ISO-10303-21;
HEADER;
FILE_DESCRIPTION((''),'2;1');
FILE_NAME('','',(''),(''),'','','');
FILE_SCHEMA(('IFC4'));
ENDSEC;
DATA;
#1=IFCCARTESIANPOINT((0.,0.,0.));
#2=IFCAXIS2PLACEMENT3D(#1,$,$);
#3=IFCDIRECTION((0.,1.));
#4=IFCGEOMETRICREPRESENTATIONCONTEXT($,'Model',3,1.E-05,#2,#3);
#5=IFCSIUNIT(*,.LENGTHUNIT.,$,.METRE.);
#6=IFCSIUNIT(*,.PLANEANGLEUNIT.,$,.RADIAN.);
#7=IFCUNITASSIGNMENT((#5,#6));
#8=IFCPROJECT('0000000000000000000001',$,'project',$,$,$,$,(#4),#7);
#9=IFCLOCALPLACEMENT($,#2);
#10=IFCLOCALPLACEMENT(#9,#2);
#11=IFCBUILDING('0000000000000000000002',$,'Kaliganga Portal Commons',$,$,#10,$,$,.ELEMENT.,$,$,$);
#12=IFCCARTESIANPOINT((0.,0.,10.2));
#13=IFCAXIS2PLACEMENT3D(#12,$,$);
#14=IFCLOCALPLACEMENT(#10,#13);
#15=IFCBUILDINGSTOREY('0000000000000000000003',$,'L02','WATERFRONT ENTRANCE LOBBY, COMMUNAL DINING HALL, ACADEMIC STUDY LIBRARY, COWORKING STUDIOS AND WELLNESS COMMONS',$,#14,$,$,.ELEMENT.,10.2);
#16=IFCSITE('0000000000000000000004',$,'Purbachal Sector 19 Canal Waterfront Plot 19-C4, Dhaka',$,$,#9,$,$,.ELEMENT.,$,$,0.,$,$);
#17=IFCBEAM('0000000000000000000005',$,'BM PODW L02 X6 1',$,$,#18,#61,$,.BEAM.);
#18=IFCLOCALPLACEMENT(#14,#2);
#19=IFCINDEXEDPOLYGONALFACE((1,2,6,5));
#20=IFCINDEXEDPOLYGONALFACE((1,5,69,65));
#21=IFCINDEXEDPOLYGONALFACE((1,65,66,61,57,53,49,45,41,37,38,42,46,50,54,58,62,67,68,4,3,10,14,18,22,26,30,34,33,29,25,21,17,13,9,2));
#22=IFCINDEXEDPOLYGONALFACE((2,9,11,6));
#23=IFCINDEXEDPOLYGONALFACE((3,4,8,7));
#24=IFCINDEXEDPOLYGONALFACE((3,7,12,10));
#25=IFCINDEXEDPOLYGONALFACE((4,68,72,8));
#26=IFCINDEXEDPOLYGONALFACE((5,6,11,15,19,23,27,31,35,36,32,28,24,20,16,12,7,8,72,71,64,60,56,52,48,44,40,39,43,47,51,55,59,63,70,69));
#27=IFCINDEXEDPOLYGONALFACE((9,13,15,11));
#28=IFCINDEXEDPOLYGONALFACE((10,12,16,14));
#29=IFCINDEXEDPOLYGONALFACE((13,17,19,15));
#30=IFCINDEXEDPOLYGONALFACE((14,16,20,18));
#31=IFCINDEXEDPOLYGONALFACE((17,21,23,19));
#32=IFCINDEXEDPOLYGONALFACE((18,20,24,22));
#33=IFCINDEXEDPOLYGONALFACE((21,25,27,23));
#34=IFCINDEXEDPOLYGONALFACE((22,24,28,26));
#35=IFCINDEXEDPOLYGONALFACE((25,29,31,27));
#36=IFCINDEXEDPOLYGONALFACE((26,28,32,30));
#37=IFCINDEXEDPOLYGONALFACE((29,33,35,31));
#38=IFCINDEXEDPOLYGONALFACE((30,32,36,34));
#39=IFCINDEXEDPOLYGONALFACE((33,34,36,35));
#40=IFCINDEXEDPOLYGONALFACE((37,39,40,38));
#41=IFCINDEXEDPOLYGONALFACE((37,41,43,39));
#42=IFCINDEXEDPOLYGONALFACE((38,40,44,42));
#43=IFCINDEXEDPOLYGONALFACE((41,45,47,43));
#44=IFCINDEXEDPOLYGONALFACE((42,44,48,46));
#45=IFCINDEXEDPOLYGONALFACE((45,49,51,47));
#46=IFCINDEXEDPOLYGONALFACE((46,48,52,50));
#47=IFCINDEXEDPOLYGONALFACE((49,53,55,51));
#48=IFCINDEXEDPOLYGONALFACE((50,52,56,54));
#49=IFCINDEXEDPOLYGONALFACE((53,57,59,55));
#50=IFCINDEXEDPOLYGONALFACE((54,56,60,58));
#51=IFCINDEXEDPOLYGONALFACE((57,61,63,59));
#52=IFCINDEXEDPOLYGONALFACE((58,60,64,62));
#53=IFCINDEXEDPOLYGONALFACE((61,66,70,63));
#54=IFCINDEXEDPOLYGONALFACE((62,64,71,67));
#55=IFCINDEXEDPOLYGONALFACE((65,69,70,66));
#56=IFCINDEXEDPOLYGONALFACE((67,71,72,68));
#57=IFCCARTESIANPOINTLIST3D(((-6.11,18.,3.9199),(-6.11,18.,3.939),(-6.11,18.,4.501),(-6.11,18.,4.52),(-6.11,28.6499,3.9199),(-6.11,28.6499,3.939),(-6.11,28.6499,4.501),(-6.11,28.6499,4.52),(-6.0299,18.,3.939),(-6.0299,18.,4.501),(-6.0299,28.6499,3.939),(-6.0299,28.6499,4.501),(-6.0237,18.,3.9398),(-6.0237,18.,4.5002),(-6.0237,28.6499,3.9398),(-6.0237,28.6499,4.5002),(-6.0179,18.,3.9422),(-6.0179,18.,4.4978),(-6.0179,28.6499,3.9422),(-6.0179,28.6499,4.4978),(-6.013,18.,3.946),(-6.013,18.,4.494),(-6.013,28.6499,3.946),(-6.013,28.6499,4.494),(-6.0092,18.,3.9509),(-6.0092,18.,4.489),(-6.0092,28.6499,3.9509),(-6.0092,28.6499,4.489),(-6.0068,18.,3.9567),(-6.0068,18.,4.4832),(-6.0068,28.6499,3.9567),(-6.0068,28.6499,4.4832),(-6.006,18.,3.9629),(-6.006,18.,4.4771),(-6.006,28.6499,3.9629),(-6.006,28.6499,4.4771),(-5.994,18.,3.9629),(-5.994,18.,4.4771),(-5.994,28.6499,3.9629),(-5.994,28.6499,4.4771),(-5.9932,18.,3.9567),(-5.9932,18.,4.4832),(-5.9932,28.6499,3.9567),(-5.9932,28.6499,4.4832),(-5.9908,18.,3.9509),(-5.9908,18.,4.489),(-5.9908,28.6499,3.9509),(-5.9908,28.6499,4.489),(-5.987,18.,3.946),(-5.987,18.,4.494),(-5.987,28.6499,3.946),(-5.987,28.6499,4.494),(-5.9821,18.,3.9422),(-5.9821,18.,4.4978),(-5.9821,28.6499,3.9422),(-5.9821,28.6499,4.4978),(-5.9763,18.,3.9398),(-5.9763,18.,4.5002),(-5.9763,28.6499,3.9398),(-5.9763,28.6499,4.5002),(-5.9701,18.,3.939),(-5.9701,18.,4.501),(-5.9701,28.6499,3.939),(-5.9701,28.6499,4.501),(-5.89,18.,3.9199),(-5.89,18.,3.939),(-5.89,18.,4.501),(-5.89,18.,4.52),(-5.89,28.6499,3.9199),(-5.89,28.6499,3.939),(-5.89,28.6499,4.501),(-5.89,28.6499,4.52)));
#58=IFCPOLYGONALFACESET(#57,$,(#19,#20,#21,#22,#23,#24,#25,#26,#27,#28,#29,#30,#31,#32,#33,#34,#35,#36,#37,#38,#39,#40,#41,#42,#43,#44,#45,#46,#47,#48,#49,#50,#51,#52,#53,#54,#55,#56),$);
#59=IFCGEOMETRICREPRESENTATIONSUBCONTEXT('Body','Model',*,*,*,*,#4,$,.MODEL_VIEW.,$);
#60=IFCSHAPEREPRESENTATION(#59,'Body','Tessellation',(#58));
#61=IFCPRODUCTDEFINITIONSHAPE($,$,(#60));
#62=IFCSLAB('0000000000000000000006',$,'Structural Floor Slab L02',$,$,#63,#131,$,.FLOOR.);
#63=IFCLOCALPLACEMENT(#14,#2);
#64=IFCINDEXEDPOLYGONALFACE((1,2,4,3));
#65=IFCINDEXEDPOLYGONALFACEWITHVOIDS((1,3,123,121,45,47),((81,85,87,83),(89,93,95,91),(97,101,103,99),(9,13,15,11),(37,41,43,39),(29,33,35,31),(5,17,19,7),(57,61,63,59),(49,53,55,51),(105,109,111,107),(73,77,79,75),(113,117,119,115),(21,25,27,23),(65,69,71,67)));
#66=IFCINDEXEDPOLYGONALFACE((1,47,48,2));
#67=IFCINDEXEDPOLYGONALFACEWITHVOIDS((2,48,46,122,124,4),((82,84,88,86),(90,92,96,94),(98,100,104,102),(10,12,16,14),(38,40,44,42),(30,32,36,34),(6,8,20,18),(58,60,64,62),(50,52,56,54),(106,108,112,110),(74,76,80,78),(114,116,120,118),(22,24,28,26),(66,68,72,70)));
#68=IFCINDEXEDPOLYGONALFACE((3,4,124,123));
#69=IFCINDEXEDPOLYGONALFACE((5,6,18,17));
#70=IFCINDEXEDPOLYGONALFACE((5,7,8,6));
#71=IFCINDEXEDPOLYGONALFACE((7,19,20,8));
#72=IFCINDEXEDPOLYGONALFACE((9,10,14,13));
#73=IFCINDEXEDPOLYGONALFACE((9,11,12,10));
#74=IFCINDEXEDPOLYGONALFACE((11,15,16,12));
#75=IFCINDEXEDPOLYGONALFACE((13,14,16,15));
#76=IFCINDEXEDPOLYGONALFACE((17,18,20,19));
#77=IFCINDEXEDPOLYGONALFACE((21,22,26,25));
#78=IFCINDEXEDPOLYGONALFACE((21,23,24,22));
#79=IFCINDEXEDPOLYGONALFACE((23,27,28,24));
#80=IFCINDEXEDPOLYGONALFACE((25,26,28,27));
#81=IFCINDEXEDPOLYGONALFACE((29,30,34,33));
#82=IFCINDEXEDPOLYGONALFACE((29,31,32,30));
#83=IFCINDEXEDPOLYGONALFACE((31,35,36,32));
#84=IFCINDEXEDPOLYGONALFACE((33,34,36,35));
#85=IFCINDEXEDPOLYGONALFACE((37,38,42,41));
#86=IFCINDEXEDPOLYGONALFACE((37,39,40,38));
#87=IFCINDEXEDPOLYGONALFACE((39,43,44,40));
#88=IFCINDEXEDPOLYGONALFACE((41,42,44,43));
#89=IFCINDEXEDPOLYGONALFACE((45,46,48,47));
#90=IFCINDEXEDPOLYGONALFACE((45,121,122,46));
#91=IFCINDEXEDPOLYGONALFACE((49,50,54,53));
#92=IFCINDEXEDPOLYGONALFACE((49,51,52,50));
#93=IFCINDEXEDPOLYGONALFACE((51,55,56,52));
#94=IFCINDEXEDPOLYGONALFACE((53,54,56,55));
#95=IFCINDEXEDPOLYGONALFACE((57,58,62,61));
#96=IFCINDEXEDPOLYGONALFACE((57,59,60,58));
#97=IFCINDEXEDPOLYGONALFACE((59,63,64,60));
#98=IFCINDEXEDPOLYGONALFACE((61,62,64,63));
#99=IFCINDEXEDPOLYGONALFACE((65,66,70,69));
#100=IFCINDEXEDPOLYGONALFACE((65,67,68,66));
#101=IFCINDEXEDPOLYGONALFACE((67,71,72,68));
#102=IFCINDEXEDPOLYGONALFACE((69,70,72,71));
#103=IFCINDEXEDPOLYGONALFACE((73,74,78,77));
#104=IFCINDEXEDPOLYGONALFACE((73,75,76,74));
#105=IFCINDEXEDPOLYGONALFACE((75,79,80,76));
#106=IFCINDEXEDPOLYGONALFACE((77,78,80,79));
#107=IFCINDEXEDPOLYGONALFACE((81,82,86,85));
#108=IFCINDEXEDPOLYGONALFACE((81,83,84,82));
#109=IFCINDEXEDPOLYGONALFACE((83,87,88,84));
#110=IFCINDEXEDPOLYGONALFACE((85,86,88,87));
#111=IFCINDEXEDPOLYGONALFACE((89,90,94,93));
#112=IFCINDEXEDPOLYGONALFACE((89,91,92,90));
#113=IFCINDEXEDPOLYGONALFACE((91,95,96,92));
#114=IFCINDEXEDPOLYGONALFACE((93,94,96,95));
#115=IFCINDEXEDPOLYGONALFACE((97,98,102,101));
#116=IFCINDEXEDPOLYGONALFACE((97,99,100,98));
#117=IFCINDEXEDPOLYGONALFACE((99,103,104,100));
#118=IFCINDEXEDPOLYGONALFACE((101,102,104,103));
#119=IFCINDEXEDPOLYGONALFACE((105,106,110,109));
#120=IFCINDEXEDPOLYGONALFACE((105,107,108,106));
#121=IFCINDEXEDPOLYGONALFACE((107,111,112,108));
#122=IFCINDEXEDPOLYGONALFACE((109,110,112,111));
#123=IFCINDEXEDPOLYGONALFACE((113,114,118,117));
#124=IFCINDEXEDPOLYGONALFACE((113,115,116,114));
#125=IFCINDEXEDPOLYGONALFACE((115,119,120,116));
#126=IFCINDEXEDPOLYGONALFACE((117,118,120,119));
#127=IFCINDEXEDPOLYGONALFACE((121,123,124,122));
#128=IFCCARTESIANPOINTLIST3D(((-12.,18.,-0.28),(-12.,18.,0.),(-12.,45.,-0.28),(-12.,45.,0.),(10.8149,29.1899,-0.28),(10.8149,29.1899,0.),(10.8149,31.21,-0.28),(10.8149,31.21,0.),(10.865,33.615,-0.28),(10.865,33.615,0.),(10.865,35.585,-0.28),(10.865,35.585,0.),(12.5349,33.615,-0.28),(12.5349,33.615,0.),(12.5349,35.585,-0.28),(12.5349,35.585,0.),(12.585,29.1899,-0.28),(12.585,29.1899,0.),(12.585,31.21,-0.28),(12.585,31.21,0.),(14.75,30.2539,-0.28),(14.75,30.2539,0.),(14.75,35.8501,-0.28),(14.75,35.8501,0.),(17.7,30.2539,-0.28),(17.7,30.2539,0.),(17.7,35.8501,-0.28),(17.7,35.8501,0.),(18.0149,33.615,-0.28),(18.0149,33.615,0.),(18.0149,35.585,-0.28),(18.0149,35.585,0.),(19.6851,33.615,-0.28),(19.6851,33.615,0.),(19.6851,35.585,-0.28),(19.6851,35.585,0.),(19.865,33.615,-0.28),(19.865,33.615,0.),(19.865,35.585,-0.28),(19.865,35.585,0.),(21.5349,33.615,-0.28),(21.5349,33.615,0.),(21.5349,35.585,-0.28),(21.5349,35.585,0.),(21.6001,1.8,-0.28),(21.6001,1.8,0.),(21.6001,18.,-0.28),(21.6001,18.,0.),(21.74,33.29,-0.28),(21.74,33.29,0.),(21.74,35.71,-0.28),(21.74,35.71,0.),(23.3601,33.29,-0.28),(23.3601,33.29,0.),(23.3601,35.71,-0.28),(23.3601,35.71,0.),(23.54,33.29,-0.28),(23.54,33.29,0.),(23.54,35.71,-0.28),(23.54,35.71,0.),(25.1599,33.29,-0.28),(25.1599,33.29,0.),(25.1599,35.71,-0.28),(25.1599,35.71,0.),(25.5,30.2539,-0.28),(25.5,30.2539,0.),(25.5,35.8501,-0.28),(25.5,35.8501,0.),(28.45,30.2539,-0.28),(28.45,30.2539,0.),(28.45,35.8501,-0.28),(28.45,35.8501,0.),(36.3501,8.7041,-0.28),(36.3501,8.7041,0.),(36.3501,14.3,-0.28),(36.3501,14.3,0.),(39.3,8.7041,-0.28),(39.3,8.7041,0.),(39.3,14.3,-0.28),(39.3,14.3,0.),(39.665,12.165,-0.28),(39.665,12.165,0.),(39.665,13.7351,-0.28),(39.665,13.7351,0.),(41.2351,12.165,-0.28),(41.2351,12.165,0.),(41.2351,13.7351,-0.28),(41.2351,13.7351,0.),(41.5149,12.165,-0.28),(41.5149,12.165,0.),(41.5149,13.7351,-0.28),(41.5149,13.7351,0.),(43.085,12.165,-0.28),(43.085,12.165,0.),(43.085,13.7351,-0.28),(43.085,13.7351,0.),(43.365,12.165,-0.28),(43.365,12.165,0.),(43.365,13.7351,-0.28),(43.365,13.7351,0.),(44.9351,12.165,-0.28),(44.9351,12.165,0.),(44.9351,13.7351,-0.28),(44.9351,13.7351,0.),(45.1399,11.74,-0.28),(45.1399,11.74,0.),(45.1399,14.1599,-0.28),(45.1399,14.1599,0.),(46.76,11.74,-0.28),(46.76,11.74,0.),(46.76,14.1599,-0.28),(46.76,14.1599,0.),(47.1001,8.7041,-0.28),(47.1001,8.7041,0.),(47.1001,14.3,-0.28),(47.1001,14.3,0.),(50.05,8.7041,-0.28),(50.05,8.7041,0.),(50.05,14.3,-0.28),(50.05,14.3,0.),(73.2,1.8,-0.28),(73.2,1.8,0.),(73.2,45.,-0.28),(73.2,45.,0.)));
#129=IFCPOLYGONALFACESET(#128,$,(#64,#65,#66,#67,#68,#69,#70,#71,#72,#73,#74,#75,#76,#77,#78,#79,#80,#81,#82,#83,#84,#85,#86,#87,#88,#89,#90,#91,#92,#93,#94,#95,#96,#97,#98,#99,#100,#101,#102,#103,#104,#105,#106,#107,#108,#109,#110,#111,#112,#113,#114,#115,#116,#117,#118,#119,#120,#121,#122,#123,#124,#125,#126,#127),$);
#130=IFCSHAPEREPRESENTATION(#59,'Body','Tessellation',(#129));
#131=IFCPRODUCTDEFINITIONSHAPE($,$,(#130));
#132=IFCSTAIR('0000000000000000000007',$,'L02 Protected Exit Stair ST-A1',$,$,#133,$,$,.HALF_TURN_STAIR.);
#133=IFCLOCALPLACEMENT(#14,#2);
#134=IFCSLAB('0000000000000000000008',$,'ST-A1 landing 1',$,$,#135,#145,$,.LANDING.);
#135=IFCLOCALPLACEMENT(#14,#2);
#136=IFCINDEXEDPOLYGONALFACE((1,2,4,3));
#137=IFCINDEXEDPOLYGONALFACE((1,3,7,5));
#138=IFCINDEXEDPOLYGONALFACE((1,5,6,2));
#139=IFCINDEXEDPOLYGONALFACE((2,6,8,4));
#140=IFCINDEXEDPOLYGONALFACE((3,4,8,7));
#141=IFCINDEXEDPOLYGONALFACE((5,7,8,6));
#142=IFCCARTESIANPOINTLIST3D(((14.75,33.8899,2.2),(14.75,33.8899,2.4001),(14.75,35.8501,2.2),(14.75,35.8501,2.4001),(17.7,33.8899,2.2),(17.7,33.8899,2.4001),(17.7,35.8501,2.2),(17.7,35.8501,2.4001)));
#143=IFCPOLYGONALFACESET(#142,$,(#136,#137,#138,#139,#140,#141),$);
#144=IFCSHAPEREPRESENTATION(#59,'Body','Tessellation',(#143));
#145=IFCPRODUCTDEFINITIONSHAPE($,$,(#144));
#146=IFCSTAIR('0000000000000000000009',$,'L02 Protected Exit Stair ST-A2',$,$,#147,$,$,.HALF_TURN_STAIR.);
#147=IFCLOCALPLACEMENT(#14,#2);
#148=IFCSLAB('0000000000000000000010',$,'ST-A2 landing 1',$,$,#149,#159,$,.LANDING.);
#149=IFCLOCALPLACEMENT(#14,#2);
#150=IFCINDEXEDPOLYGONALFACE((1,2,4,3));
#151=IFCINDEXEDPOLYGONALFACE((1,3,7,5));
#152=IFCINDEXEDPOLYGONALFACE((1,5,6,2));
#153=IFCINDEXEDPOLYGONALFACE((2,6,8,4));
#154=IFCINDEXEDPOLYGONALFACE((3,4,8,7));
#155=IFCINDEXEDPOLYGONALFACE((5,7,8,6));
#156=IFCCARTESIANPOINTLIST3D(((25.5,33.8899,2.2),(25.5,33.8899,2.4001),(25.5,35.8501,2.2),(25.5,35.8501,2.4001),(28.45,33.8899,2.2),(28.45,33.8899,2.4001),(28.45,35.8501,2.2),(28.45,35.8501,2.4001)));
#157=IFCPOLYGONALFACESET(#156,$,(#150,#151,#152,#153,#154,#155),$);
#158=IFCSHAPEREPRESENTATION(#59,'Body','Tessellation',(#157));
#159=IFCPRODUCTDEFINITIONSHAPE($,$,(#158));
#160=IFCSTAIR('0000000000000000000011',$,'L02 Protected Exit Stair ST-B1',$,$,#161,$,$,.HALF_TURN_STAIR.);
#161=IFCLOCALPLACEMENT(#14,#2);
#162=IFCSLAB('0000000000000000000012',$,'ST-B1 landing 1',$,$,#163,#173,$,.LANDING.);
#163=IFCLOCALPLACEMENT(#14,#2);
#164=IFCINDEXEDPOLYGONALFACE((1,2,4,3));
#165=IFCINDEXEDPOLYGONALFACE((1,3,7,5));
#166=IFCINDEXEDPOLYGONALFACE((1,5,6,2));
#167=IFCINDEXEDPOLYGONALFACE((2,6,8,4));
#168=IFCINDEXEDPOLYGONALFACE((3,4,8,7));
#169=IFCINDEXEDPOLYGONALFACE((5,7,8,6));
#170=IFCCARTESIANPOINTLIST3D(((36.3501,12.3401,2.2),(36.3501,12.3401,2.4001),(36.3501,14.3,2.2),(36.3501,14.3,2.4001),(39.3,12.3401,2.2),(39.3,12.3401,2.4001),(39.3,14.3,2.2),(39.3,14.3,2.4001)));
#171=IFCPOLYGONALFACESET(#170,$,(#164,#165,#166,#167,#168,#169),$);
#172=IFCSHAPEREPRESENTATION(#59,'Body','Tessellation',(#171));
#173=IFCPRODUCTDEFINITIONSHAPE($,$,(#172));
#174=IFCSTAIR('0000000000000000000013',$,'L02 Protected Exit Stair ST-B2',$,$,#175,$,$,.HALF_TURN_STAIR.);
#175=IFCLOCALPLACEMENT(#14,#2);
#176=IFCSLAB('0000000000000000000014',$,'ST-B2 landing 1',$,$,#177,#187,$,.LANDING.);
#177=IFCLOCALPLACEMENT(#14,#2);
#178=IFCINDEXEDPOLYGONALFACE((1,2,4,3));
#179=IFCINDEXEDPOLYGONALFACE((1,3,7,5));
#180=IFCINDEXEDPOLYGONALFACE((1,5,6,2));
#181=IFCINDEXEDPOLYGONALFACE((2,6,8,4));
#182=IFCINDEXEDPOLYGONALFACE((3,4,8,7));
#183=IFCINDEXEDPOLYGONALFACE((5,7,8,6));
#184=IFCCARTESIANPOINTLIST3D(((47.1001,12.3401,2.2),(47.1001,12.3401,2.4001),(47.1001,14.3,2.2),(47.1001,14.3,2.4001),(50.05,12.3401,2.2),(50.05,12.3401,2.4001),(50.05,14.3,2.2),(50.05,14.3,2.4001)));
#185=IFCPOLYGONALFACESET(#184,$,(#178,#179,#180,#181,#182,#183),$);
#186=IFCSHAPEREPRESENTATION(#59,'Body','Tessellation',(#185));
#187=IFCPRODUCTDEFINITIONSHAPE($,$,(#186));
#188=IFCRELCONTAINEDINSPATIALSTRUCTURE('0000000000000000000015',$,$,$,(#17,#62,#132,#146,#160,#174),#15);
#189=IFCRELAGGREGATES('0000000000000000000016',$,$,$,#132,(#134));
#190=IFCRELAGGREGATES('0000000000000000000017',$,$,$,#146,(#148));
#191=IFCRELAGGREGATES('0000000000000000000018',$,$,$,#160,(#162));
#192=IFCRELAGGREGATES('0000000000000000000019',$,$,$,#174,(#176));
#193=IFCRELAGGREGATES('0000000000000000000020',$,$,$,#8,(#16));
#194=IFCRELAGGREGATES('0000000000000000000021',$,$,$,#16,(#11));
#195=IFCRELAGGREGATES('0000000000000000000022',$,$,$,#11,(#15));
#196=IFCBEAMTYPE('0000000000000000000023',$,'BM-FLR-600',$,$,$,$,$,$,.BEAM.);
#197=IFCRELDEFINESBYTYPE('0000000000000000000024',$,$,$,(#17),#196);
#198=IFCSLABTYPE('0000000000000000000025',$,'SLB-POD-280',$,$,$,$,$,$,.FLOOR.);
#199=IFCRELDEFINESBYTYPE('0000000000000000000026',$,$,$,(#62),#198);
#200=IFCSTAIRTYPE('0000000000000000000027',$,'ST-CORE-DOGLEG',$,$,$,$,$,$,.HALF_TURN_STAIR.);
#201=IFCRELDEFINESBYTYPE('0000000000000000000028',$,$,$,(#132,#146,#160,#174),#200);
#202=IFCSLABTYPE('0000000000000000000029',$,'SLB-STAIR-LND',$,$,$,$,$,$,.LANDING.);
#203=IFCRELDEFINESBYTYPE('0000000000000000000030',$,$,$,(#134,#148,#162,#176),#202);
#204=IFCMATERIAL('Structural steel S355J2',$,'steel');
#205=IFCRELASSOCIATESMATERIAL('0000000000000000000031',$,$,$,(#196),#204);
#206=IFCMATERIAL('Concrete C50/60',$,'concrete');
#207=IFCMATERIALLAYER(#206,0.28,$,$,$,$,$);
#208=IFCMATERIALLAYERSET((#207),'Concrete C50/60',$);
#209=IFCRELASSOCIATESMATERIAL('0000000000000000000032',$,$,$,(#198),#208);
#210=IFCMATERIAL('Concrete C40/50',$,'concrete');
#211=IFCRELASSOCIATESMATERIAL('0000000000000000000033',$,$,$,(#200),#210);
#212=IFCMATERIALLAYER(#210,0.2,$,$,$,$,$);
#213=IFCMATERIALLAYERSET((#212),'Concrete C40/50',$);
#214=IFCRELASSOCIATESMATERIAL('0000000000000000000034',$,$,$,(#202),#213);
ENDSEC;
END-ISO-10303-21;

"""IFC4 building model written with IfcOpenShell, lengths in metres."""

from ifc_helpers import new_model, si_unit, direction, frame, origin, origin_2d, place, context, subcontext, project, spatial, polyline, i_section, outline, extrude, source, transform, mapped, material, layer, layer_set, material_profile, profile_set, type_object, element, aggregate, save


model = new_model("IFC4")

# Units and contexts
model_context = context("Model", 3, precision=1e-05, world=origin(), true_north=direction((0.0, 1.0)))
body_context = subcontext(model_context, "Body", "Model", "MODEL_VIEW")
ifc_project = project(units=[si_unit("LENGTHUNIT", "METRE"), si_unit("PLANEANGLEUNIT", "RADIAN")], contexts=[model_context])

# Site, building, storey
site_placement = place(None, origin())
site = spatial("IfcSite", under=ifc_project, at=site_placement, Name="Purbachal Sector 19 Canal Waterfront Plot 19-C4, Dhaka", CompositionType="ELEMENT", RefElevation=0.0)
building_placement = place(site_placement, origin())
building = spatial("IfcBuilding", under=site, at=building_placement, Name="Kaliganga Portal Commons", CompositionType="ELEMENT")
storey_placement = place(building_placement, frame((0.0, 0.0, 10.2)))
storey = spatial("IfcBuildingStorey", under=building, at=storey_placement, Name="L02", Description="WATERFRONT ENTRANCE LOBBY, COMMUNAL DINING HALL, ACADEMIC STUDY LIBRARY, COWORKING STUDIOS AND WELLNESS COMMONS", CompositionType="ELEMENT", Elevation=10.2)

# Beam
ifc_material_1 = material(Name="Structural steel S355J2", Category="steel")
ifc_material_profile_1 = material_profile(ifc_material_1, i_section(OverallWidth=0.22, OverallDepth=0.6001, WebThickness=0.012, FlangeThickness=0.019, FilletRadius=0.0239, at=origin_2d()), Name="IPE 600")
ifc_profile_set_1 = profile_set([ifc_material_profile_1], Name="Structural steel S355J2 wide-flange")
beam_type_1 = type_object("IfcBeamType", Name="BM-FLR-600", PredefinedType="BEAM", material=ifc_profile_set_1)
shared_shape_1 = source(origin(), body_context, "Body", "SweptSolid", [
    extrude(i_section(OverallWidth=0.22, OverallDepth=0.6001, WebThickness=0.012, FlangeThickness=0.019, FilletRadius=0.0239, at=origin_2d()), origin(), (0.0, 0.0, 1.0), 10.6499),
])
for number, where, z_axis, x_axis, name in (
    (1, (-6.0, 18.0, 4.22), (0.0, 1.0, 0.0), (-1.0, 0.0, 0.0), "BM PODW L02 X6 1"),
):
    element("IfcBeam", number, at=place(storey_placement, frame(where, z_axis=z_axis, x_axis=x_axis)), inside=storey, type_object=beam_type_1, Name=name, PredefinedType="BEAM", context=body_context, shape_type="MappedRepresentation", body=[
        mapped(shared_shape_1, transform((0.0, 0.0, 0.0), x_axis=(1.0, 0.0, 0.0), y_axis=(0.0, 1.0, 0.0), z_axis=(0.0, 0.0, 1.0), scale=1.0)),
    ])

# Slab
ifc_material_2 = material(Name="Concrete C50/60", Category="concrete")
ifc_layer_1 = layer(ifc_material_2, 0.28)
ifc_layer_set_1 = layer_set([ifc_layer_1], Name="Concrete C50/60")
slab_type_1 = type_object("IfcSlabType", Name="SLB-POD-280", PredefinedType="FLOOR", material=ifc_layer_set_1)
slab_1_placement = place(storey_placement, frame((0.0, 0.0, -0.28)))
element("IfcSlab", 2, at=slab_1_placement, inside=storey, type_object=slab_type_1, Name="Structural Floor Slab L02", PredefinedType="FLOOR", context=body_context, shape_type="SweptSolid", body=[
    extrude(outline(polyline([(21.6001, 1.8), (73.2, 1.8), (73.2, 45.0), (-12.0, 45.0), (-12.0, 18.0), (21.6001, 18.0), (21.6001, 1.8)]), holes=[polyline([(14.75, 30.2539), (14.75, 35.8501), (17.7, 35.8501), (17.7, 30.2539), (14.75, 30.2539)]), polyline([(25.5, 30.2539), (25.5, 35.8501), (28.45, 35.8501), (28.45, 30.2539), (25.5, 30.2539)]), polyline([(36.3501, 8.7041), (36.3501, 14.3), (39.3, 14.3), (39.3, 8.7041), (36.3501, 8.7041)]), polyline([(47.1001, 8.7041), (47.1001, 14.3), (50.05, 14.3), (50.05, 8.7041), (47.1001, 8.7041)]), polyline([(18.0149, 33.615), (18.0149, 35.585), (19.6851, 35.585), (19.6851, 33.615), (18.0149, 33.615)]), polyline([(19.865, 33.615), (19.865, 35.585), (21.5349, 35.585), (21.5349, 33.615), (19.865, 33.615)]), polyline([(10.8149, 29.1899), (10.8149, 31.21), (12.585, 31.21), (12.585, 29.1899), (10.8149, 29.1899)]), polyline([(10.865, 33.615), (10.865, 35.585), (12.5349, 35.585), (12.5349, 33.615), (10.865, 33.615)]), polyline([(21.74, 33.29), (21.74, 35.71), (23.3601, 35.71), (23.3601, 33.29), (21.74, 33.29)]), polyline([(23.54, 33.29), (23.54, 35.71), (25.1599, 35.71), (25.1599, 33.29), (23.54, 33.29)]), polyline([(39.665, 12.165), (39.665, 13.7351), (41.2351, 13.7351), (41.2351, 12.165), (39.665, 12.165)]), polyline([(41.5149, 12.165), (41.5149, 13.7351), (43.085, 13.7351), (43.085, 12.165), (41.5149, 12.165)]), polyline([(43.365, 12.165), (43.365, 13.7351), (44.9351, 13.7351), (44.9351, 12.165), (43.365, 12.165)]), polyline([(45.1399, 11.74), (45.1399, 14.1599), (46.76, 14.1599), (46.76, 11.74), (45.1399, 11.74)])]), origin(), (0.0, 0.0, 1.0), 0.28),
])

# Stairs, slabs
ifc_material_3 = material(Name="Concrete C40/50", Category="concrete")
stair_type = type_object("IfcStairType", Name="ST-CORE-DOGLEG", PredefinedType="HALF_TURN_STAIR", material=ifc_material_3)
stair_1_placement = place(storey_placement, origin())
stair_1 = element("IfcStair", 3, at=stair_1_placement, inside=storey, type_object=stair_type, Name="L02 Protected Exit Stair ST-A1", PredefinedType="HALF_TURN_STAIR")
ifc_layer_2 = layer(ifc_material_3, 0.2)
ifc_layer_set_2 = layer_set([ifc_layer_2], Name="Concrete C40/50")
slab_type_2 = type_object("IfcSlabType", Name="SLB-STAIR-LND", PredefinedType="LANDING", material=ifc_layer_set_2)
slab_2_placement = place(storey_placement, frame((0.0, 0.0, 2.2)))
slab_2 = element("IfcSlab", 4, at=slab_2_placement, type_object=slab_type_2, Name="ST-A1 landing 1", PredefinedType="LANDING", context=body_context, shape_type="SweptSolid", body=[
    extrude(outline(polyline([(17.7, 33.8899), (17.7, 35.8501), (14.75, 35.8501), (14.75, 33.8899), (17.7, 33.8899)])), origin(), (0.0, 0.0, 1.0), 0.2002),
])
aggregate(stair_1, [slab_2])
stair_2_placement = place(storey_placement, origin())
stair_2 = element("IfcStair", 5, at=stair_2_placement, inside=storey, type_object=stair_type, Name="L02 Protected Exit Stair ST-A2", PredefinedType="HALF_TURN_STAIR")
slab_3_placement = place(storey_placement, frame((0.0, 0.0, 2.2)))
slab_3 = element("IfcSlab", 6, at=slab_3_placement, type_object=slab_type_2, Name="ST-A2 landing 1", PredefinedType="LANDING", context=body_context, shape_type="SweptSolid", body=[
    extrude(outline(polyline([(28.45, 33.8899), (28.45, 35.8501), (25.5, 35.8501), (25.5, 33.8899), (28.45, 33.8899)])), origin(), (0.0, 0.0, 1.0), 0.2002),
])
aggregate(stair_2, [slab_3])
stair_3_placement = place(storey_placement, origin())
stair_3 = element("IfcStair", 7, at=stair_3_placement, inside=storey, type_object=stair_type, Name="L02 Protected Exit Stair ST-B1", PredefinedType="HALF_TURN_STAIR")
slab_4_placement = place(storey_placement, frame((0.0, 0.0, 2.2)))
slab_4 = element("IfcSlab", 8, at=slab_4_placement, type_object=slab_type_2, Name="ST-B1 landing 1", PredefinedType="LANDING", context=body_context, shape_type="SweptSolid", body=[
    extrude(outline(polyline([(39.3, 12.3401), (39.3, 14.3), (36.3501, 14.3), (36.3501, 12.3401), (39.3, 12.3401)])), origin(), (0.0, 0.0, 1.0), 0.2002),
])
aggregate(stair_3, [slab_4])
stair_4_placement = place(storey_placement, origin())
stair_4 = element("IfcStair", 9, at=stair_4_placement, inside=storey, type_object=stair_type, Name="L02 Protected Exit Stair ST-B2", PredefinedType="HALF_TURN_STAIR")
slab_5_placement = place(storey_placement, frame((0.0, 0.0, 2.2)))
slab_5 = element("IfcSlab", 10, at=slab_5_placement, type_object=slab_type_2, Name="ST-B2 landing 1", PredefinedType="LANDING", context=body_context, shape_type="SweptSolid", body=[
    extrude(outline(polyline([(50.05, 12.3401), (50.05, 14.3), (47.1001, 14.3), (47.1001, 12.3401), (50.05, 12.3401)])), origin(), (0.0, 0.0, 1.0), 0.2002),
])
aggregate(stair_4, [slab_5])

save(model, "model.ifc")
